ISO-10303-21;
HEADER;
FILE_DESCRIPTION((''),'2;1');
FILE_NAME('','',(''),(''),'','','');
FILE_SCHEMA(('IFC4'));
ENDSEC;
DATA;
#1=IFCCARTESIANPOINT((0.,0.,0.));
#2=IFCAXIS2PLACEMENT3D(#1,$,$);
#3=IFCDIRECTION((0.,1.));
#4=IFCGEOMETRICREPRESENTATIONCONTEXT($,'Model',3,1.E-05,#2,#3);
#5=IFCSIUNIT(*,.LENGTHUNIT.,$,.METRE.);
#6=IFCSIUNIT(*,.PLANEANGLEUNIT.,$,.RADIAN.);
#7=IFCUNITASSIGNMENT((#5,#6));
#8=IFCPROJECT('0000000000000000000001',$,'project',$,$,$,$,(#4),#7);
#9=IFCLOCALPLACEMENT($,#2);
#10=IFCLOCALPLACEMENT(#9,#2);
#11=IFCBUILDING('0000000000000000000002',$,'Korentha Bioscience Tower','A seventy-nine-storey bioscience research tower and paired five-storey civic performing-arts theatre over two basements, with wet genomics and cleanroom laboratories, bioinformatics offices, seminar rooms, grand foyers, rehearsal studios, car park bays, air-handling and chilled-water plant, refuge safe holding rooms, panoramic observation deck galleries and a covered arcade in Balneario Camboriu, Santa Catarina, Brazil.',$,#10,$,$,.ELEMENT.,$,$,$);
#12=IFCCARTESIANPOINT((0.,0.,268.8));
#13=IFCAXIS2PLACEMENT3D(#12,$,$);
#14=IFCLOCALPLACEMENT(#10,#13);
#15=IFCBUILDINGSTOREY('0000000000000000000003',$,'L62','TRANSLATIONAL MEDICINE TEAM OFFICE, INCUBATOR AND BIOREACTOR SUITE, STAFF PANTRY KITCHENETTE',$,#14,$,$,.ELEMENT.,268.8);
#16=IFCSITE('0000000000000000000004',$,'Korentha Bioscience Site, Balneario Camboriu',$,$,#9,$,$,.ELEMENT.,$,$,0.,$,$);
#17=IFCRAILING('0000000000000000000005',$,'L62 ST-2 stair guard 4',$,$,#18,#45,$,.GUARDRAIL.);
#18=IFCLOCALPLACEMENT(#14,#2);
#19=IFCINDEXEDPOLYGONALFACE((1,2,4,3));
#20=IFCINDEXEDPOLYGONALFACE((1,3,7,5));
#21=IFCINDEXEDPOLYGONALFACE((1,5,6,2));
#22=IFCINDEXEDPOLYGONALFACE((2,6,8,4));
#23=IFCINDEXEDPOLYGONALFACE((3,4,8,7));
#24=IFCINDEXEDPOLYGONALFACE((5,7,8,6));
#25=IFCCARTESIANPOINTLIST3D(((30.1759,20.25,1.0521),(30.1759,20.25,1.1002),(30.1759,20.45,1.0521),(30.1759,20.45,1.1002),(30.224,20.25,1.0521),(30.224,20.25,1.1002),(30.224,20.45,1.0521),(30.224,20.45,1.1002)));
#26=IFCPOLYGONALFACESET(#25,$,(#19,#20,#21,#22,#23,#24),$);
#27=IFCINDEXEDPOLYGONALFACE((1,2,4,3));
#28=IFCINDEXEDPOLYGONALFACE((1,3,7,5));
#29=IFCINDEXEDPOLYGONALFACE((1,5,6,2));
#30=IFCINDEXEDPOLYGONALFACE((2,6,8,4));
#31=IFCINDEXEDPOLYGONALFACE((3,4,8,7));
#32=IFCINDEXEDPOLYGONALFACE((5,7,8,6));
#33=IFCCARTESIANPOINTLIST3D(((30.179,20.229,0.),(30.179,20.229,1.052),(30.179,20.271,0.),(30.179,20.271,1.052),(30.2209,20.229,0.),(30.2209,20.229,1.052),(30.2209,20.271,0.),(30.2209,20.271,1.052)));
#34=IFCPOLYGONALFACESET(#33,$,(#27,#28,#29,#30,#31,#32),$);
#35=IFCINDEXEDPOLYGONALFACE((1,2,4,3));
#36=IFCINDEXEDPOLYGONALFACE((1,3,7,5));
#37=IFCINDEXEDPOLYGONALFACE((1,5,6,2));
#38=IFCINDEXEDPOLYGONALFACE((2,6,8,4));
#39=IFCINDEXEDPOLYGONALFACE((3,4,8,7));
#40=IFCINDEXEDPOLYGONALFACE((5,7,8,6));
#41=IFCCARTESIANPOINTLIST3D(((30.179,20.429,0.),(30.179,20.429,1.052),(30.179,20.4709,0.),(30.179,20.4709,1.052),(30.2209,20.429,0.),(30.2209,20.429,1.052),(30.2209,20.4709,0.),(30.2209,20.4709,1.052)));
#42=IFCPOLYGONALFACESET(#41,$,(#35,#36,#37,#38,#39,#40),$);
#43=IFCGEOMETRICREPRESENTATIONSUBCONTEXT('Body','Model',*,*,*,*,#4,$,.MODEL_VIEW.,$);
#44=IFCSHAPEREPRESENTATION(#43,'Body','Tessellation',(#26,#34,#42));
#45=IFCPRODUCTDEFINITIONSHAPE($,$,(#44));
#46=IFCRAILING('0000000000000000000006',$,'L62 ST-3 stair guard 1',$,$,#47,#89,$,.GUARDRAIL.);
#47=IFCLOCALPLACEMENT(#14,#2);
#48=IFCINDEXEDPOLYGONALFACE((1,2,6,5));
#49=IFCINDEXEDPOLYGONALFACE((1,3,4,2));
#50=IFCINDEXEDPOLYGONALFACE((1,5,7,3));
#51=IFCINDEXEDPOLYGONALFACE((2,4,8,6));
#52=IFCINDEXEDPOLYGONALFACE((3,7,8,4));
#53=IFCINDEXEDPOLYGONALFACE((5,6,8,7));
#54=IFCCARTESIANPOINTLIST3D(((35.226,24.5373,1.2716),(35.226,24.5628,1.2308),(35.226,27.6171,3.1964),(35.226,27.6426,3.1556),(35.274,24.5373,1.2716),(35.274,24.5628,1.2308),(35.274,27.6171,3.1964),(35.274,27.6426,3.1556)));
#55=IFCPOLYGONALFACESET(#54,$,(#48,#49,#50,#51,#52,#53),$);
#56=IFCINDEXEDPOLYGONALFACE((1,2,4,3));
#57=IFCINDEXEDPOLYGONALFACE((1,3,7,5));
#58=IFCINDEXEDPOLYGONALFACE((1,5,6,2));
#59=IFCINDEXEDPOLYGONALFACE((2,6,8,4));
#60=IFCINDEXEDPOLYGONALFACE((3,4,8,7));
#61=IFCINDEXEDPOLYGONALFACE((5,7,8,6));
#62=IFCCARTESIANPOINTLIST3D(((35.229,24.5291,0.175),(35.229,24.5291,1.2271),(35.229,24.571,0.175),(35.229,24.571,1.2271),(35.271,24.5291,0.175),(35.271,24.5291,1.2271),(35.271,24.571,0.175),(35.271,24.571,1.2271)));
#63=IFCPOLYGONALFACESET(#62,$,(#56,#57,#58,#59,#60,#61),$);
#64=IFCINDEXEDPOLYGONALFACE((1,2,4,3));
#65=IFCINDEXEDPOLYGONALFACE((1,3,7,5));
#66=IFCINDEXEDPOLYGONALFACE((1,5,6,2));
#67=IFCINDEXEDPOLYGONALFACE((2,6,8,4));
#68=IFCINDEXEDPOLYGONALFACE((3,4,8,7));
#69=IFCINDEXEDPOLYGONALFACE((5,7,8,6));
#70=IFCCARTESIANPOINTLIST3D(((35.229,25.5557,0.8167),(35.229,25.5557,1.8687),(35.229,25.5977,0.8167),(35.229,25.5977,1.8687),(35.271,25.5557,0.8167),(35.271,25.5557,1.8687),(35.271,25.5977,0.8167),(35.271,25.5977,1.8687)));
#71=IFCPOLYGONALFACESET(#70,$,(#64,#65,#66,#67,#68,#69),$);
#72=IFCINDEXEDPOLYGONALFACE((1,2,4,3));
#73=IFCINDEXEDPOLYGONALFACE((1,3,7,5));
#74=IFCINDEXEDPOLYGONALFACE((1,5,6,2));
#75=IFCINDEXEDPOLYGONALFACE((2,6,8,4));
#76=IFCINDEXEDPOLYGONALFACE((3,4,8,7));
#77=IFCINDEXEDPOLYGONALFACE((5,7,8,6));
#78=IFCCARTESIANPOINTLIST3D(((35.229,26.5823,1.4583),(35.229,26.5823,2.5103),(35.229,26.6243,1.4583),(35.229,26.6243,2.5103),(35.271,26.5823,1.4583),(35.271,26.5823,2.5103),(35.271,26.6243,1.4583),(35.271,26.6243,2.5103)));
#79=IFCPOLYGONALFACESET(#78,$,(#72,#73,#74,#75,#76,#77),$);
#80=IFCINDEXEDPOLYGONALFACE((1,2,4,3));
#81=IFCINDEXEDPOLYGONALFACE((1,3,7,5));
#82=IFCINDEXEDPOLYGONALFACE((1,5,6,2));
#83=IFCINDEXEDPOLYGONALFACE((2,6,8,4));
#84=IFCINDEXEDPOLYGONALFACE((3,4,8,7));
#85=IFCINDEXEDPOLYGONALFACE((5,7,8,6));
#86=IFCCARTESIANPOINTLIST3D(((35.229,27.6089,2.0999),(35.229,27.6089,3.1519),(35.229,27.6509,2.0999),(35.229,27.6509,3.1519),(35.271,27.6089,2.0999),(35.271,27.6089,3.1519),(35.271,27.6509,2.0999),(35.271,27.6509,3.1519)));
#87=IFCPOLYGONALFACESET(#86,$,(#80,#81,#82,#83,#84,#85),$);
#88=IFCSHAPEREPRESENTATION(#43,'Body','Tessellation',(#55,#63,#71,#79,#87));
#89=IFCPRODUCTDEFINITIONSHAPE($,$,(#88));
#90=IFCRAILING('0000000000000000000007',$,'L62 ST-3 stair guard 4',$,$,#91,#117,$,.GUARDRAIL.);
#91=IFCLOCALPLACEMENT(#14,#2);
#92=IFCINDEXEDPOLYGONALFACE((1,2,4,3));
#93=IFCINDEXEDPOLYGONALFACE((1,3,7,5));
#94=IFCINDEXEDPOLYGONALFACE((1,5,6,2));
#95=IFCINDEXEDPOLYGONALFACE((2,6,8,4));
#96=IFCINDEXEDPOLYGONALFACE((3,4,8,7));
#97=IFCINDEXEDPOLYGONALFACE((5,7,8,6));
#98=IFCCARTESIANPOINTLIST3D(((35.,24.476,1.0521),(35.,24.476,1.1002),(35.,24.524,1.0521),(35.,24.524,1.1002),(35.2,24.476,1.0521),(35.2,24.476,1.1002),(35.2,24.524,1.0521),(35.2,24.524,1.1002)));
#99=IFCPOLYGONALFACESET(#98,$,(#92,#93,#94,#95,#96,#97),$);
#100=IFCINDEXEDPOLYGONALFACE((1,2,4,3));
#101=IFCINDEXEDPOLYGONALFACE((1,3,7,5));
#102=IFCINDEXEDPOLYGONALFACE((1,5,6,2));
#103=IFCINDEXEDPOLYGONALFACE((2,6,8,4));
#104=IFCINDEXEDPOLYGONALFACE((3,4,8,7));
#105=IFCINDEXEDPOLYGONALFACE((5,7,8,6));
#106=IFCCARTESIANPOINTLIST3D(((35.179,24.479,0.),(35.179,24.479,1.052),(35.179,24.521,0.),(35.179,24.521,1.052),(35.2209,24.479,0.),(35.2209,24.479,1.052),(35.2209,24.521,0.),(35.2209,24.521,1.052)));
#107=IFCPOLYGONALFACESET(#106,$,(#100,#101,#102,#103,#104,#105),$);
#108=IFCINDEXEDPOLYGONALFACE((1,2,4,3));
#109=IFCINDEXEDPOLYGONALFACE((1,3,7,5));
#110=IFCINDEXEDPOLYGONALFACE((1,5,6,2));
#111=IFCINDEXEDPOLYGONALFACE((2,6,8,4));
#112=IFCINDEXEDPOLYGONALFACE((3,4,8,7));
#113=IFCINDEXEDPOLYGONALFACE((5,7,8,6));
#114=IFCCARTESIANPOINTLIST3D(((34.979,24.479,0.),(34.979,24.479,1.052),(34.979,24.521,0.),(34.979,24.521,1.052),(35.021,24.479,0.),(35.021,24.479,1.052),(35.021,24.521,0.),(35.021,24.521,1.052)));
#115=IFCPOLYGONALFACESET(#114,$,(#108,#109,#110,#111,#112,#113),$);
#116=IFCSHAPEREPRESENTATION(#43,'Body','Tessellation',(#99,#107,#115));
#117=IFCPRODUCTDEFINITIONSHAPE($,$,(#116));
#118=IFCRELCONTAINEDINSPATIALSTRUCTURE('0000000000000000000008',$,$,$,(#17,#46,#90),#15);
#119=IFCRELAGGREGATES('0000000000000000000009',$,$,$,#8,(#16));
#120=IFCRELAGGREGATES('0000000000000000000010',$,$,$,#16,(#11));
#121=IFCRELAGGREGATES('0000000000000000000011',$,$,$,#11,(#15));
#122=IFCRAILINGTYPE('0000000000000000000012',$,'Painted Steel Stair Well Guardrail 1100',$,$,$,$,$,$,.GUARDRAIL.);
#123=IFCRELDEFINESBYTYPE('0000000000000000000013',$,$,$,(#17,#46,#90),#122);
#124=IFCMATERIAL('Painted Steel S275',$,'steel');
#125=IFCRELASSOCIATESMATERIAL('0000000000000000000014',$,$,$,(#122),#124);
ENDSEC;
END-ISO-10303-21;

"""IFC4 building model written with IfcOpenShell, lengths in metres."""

from ifc_helpers import new_model, si_unit, direction, frame, origin, origin_2d, place, context, subcontext, project, spatial, rectangle, extrude, material, type_object, element, save


model = new_model("IFC4")

# Units and contexts
model_context = context("Model", 3, precision=1e-05, world=origin(), true_north=direction((0.0, 1.0)))
body_context = subcontext(model_context, "Body", "Model", "MODEL_VIEW")
ifc_project = project(units=[si_unit("LENGTHUNIT", "METRE"), si_unit("PLANEANGLEUNIT", "RADIAN")], contexts=[model_context])

# Site, building, storey
site_placement = place(None, origin())
site = spatial("IfcSite", under=ifc_project, at=site_placement, Name="Korentha Bioscience Site, Balneario Camboriu", CompositionType="ELEMENT", RefElevation=0.0)
building_placement = place(site_placement, origin())
building = spatial("IfcBuilding", under=site, at=building_placement, Name="Korentha Bioscience Tower", Description="A seventy-nine-storey bioscience research tower and paired five-storey civic performing-arts theatre over two basements, with wet genomics and cleanroom laboratories, bioinformatics offices, seminar rooms, grand foyers, rehearsal studios, car park bays, air-handling and chilled-water plant, refuge safe holding rooms, panoramic observation deck galleries and a covered arcade in Balneario Camboriu, Santa Catarina, Brazil.", CompositionType="ELEMENT")
storey_placement = place(building_placement, frame((0.0, 0.0, 268.8)))
storey = spatial("IfcBuildingStorey", under=building, at=storey_placement, Name="L62", Description="TRANSLATIONAL MEDICINE TEAM OFFICE, INCUBATOR AND BIOREACTOR SUITE, STAFF PANTRY KITCHENETTE", CompositionType="ELEMENT", Elevation=268.8)

# Railings
ifc_material_1 = material(Name="Painted Steel S275", Category="steel")
railing_type_1 = type_object("IfcRailingType", Name="Painted Steel Stair Well Guardrail 1100", PredefinedType="GUARDRAIL", material=ifc_material_1)
railing_1_placement = place(storey_placement, frame((30.2, 20.25, 0.0)))
element("IfcRailing", 1, at=railing_1_placement, inside=storey, type_object=railing_type_1, Name="L62 ST-2 stair guard 4", PredefinedType="GUARDRAIL", context=body_context, shape_type="SweptSolid", body=[
    extrude(rectangle(XDim=0.0481, YDim=0.0481, at=origin_2d()), frame((0.0, 0.0, 1.0762), z_axis=(0.0, 1.0, 0.0), x_axis=(-1.0, 0.0, 0.0)), (0.0, 0.0, 1.0), 0.2),
    extrude(rectangle(XDim=0.042, YDim=0.042, at=origin_2d()), origin(), (0.0, 0.0, 1.0), 1.052),
    extrude(rectangle(XDim=0.042, YDim=0.042, at=origin_2d()), frame((0.0, 0.2, 0.0)), (0.0, 0.0, 1.0), 1.052),
])
railing_2_placement = place(storey_placement, frame((35.25, 24.55, 0.175)))
element("IfcRailing", 2, at=railing_2_placement, inside=storey, type_object=railing_type_1, Name="L62 ST-3 stair guard 1", PredefinedType="GUARDRAIL", context=body_context, shape_type="SweptSolid", body=[
    extrude(rectangle(XDim=0.0481, YDim=0.0481, at=origin_2d()), frame((0.0, 0.0, 1.0762), z_axis=(0.0, 0.84801, 0.529981), x_axis=(-1.0, 0.0, 0.0)), (0.0, 0.0, 1.0), 3.6318),
    extrude(rectangle(XDim=0.042, YDim=0.042, at=origin_2d()), origin(), (0.0, 0.0, 1.0), 1.052),
    extrude(rectangle(XDim=0.042, YDim=0.042, at=origin_2d()), frame((0.0, 1.0266, 0.6416)), (0.0, 0.0, 1.0), 1.052),
    extrude(rectangle(XDim=0.042, YDim=0.042, at=origin_2d()), frame((0.0, 2.0532, 1.2832)), (0.0, 0.0, 1.0), 1.052),
    extrude(rectangle(XDim=0.042, YDim=0.042, at=origin_2d()), frame((0.0, 3.0798, 1.9248)), (0.0, 0.0, 1.0), 1.052),
])
railing_3_placement = place(storey_placement, frame((35.2, 24.5, 0.0)))
element("IfcRailing", 3, at=railing_3_placement, inside=storey, type_object=railing_type_1, Name="L62 ST-3 stair guard 4", PredefinedType="GUARDRAIL", context=body_context, shape_type="SweptSolid", body=[
    extrude(rectangle(XDim=0.0481, YDim=0.0481, at=origin_2d()), frame((0.0, 0.0, 1.0762), z_axis=(-1.0, 0.0, 0.0), x_axis=(0.0, -1.0, 0.0)), (0.0, 0.0, 1.0), 0.2),
    extrude(rectangle(XDim=0.042, YDim=0.042, at=origin_2d()), origin(), (0.0, 0.0, 1.0), 1.052),
    extrude(rectangle(XDim=0.042, YDim=0.042, at=origin_2d()), frame((-0.2, 0.0, 0.0)), (0.0, 0.0, 1.0), 1.052),
])

save(model, "model.ifc")
